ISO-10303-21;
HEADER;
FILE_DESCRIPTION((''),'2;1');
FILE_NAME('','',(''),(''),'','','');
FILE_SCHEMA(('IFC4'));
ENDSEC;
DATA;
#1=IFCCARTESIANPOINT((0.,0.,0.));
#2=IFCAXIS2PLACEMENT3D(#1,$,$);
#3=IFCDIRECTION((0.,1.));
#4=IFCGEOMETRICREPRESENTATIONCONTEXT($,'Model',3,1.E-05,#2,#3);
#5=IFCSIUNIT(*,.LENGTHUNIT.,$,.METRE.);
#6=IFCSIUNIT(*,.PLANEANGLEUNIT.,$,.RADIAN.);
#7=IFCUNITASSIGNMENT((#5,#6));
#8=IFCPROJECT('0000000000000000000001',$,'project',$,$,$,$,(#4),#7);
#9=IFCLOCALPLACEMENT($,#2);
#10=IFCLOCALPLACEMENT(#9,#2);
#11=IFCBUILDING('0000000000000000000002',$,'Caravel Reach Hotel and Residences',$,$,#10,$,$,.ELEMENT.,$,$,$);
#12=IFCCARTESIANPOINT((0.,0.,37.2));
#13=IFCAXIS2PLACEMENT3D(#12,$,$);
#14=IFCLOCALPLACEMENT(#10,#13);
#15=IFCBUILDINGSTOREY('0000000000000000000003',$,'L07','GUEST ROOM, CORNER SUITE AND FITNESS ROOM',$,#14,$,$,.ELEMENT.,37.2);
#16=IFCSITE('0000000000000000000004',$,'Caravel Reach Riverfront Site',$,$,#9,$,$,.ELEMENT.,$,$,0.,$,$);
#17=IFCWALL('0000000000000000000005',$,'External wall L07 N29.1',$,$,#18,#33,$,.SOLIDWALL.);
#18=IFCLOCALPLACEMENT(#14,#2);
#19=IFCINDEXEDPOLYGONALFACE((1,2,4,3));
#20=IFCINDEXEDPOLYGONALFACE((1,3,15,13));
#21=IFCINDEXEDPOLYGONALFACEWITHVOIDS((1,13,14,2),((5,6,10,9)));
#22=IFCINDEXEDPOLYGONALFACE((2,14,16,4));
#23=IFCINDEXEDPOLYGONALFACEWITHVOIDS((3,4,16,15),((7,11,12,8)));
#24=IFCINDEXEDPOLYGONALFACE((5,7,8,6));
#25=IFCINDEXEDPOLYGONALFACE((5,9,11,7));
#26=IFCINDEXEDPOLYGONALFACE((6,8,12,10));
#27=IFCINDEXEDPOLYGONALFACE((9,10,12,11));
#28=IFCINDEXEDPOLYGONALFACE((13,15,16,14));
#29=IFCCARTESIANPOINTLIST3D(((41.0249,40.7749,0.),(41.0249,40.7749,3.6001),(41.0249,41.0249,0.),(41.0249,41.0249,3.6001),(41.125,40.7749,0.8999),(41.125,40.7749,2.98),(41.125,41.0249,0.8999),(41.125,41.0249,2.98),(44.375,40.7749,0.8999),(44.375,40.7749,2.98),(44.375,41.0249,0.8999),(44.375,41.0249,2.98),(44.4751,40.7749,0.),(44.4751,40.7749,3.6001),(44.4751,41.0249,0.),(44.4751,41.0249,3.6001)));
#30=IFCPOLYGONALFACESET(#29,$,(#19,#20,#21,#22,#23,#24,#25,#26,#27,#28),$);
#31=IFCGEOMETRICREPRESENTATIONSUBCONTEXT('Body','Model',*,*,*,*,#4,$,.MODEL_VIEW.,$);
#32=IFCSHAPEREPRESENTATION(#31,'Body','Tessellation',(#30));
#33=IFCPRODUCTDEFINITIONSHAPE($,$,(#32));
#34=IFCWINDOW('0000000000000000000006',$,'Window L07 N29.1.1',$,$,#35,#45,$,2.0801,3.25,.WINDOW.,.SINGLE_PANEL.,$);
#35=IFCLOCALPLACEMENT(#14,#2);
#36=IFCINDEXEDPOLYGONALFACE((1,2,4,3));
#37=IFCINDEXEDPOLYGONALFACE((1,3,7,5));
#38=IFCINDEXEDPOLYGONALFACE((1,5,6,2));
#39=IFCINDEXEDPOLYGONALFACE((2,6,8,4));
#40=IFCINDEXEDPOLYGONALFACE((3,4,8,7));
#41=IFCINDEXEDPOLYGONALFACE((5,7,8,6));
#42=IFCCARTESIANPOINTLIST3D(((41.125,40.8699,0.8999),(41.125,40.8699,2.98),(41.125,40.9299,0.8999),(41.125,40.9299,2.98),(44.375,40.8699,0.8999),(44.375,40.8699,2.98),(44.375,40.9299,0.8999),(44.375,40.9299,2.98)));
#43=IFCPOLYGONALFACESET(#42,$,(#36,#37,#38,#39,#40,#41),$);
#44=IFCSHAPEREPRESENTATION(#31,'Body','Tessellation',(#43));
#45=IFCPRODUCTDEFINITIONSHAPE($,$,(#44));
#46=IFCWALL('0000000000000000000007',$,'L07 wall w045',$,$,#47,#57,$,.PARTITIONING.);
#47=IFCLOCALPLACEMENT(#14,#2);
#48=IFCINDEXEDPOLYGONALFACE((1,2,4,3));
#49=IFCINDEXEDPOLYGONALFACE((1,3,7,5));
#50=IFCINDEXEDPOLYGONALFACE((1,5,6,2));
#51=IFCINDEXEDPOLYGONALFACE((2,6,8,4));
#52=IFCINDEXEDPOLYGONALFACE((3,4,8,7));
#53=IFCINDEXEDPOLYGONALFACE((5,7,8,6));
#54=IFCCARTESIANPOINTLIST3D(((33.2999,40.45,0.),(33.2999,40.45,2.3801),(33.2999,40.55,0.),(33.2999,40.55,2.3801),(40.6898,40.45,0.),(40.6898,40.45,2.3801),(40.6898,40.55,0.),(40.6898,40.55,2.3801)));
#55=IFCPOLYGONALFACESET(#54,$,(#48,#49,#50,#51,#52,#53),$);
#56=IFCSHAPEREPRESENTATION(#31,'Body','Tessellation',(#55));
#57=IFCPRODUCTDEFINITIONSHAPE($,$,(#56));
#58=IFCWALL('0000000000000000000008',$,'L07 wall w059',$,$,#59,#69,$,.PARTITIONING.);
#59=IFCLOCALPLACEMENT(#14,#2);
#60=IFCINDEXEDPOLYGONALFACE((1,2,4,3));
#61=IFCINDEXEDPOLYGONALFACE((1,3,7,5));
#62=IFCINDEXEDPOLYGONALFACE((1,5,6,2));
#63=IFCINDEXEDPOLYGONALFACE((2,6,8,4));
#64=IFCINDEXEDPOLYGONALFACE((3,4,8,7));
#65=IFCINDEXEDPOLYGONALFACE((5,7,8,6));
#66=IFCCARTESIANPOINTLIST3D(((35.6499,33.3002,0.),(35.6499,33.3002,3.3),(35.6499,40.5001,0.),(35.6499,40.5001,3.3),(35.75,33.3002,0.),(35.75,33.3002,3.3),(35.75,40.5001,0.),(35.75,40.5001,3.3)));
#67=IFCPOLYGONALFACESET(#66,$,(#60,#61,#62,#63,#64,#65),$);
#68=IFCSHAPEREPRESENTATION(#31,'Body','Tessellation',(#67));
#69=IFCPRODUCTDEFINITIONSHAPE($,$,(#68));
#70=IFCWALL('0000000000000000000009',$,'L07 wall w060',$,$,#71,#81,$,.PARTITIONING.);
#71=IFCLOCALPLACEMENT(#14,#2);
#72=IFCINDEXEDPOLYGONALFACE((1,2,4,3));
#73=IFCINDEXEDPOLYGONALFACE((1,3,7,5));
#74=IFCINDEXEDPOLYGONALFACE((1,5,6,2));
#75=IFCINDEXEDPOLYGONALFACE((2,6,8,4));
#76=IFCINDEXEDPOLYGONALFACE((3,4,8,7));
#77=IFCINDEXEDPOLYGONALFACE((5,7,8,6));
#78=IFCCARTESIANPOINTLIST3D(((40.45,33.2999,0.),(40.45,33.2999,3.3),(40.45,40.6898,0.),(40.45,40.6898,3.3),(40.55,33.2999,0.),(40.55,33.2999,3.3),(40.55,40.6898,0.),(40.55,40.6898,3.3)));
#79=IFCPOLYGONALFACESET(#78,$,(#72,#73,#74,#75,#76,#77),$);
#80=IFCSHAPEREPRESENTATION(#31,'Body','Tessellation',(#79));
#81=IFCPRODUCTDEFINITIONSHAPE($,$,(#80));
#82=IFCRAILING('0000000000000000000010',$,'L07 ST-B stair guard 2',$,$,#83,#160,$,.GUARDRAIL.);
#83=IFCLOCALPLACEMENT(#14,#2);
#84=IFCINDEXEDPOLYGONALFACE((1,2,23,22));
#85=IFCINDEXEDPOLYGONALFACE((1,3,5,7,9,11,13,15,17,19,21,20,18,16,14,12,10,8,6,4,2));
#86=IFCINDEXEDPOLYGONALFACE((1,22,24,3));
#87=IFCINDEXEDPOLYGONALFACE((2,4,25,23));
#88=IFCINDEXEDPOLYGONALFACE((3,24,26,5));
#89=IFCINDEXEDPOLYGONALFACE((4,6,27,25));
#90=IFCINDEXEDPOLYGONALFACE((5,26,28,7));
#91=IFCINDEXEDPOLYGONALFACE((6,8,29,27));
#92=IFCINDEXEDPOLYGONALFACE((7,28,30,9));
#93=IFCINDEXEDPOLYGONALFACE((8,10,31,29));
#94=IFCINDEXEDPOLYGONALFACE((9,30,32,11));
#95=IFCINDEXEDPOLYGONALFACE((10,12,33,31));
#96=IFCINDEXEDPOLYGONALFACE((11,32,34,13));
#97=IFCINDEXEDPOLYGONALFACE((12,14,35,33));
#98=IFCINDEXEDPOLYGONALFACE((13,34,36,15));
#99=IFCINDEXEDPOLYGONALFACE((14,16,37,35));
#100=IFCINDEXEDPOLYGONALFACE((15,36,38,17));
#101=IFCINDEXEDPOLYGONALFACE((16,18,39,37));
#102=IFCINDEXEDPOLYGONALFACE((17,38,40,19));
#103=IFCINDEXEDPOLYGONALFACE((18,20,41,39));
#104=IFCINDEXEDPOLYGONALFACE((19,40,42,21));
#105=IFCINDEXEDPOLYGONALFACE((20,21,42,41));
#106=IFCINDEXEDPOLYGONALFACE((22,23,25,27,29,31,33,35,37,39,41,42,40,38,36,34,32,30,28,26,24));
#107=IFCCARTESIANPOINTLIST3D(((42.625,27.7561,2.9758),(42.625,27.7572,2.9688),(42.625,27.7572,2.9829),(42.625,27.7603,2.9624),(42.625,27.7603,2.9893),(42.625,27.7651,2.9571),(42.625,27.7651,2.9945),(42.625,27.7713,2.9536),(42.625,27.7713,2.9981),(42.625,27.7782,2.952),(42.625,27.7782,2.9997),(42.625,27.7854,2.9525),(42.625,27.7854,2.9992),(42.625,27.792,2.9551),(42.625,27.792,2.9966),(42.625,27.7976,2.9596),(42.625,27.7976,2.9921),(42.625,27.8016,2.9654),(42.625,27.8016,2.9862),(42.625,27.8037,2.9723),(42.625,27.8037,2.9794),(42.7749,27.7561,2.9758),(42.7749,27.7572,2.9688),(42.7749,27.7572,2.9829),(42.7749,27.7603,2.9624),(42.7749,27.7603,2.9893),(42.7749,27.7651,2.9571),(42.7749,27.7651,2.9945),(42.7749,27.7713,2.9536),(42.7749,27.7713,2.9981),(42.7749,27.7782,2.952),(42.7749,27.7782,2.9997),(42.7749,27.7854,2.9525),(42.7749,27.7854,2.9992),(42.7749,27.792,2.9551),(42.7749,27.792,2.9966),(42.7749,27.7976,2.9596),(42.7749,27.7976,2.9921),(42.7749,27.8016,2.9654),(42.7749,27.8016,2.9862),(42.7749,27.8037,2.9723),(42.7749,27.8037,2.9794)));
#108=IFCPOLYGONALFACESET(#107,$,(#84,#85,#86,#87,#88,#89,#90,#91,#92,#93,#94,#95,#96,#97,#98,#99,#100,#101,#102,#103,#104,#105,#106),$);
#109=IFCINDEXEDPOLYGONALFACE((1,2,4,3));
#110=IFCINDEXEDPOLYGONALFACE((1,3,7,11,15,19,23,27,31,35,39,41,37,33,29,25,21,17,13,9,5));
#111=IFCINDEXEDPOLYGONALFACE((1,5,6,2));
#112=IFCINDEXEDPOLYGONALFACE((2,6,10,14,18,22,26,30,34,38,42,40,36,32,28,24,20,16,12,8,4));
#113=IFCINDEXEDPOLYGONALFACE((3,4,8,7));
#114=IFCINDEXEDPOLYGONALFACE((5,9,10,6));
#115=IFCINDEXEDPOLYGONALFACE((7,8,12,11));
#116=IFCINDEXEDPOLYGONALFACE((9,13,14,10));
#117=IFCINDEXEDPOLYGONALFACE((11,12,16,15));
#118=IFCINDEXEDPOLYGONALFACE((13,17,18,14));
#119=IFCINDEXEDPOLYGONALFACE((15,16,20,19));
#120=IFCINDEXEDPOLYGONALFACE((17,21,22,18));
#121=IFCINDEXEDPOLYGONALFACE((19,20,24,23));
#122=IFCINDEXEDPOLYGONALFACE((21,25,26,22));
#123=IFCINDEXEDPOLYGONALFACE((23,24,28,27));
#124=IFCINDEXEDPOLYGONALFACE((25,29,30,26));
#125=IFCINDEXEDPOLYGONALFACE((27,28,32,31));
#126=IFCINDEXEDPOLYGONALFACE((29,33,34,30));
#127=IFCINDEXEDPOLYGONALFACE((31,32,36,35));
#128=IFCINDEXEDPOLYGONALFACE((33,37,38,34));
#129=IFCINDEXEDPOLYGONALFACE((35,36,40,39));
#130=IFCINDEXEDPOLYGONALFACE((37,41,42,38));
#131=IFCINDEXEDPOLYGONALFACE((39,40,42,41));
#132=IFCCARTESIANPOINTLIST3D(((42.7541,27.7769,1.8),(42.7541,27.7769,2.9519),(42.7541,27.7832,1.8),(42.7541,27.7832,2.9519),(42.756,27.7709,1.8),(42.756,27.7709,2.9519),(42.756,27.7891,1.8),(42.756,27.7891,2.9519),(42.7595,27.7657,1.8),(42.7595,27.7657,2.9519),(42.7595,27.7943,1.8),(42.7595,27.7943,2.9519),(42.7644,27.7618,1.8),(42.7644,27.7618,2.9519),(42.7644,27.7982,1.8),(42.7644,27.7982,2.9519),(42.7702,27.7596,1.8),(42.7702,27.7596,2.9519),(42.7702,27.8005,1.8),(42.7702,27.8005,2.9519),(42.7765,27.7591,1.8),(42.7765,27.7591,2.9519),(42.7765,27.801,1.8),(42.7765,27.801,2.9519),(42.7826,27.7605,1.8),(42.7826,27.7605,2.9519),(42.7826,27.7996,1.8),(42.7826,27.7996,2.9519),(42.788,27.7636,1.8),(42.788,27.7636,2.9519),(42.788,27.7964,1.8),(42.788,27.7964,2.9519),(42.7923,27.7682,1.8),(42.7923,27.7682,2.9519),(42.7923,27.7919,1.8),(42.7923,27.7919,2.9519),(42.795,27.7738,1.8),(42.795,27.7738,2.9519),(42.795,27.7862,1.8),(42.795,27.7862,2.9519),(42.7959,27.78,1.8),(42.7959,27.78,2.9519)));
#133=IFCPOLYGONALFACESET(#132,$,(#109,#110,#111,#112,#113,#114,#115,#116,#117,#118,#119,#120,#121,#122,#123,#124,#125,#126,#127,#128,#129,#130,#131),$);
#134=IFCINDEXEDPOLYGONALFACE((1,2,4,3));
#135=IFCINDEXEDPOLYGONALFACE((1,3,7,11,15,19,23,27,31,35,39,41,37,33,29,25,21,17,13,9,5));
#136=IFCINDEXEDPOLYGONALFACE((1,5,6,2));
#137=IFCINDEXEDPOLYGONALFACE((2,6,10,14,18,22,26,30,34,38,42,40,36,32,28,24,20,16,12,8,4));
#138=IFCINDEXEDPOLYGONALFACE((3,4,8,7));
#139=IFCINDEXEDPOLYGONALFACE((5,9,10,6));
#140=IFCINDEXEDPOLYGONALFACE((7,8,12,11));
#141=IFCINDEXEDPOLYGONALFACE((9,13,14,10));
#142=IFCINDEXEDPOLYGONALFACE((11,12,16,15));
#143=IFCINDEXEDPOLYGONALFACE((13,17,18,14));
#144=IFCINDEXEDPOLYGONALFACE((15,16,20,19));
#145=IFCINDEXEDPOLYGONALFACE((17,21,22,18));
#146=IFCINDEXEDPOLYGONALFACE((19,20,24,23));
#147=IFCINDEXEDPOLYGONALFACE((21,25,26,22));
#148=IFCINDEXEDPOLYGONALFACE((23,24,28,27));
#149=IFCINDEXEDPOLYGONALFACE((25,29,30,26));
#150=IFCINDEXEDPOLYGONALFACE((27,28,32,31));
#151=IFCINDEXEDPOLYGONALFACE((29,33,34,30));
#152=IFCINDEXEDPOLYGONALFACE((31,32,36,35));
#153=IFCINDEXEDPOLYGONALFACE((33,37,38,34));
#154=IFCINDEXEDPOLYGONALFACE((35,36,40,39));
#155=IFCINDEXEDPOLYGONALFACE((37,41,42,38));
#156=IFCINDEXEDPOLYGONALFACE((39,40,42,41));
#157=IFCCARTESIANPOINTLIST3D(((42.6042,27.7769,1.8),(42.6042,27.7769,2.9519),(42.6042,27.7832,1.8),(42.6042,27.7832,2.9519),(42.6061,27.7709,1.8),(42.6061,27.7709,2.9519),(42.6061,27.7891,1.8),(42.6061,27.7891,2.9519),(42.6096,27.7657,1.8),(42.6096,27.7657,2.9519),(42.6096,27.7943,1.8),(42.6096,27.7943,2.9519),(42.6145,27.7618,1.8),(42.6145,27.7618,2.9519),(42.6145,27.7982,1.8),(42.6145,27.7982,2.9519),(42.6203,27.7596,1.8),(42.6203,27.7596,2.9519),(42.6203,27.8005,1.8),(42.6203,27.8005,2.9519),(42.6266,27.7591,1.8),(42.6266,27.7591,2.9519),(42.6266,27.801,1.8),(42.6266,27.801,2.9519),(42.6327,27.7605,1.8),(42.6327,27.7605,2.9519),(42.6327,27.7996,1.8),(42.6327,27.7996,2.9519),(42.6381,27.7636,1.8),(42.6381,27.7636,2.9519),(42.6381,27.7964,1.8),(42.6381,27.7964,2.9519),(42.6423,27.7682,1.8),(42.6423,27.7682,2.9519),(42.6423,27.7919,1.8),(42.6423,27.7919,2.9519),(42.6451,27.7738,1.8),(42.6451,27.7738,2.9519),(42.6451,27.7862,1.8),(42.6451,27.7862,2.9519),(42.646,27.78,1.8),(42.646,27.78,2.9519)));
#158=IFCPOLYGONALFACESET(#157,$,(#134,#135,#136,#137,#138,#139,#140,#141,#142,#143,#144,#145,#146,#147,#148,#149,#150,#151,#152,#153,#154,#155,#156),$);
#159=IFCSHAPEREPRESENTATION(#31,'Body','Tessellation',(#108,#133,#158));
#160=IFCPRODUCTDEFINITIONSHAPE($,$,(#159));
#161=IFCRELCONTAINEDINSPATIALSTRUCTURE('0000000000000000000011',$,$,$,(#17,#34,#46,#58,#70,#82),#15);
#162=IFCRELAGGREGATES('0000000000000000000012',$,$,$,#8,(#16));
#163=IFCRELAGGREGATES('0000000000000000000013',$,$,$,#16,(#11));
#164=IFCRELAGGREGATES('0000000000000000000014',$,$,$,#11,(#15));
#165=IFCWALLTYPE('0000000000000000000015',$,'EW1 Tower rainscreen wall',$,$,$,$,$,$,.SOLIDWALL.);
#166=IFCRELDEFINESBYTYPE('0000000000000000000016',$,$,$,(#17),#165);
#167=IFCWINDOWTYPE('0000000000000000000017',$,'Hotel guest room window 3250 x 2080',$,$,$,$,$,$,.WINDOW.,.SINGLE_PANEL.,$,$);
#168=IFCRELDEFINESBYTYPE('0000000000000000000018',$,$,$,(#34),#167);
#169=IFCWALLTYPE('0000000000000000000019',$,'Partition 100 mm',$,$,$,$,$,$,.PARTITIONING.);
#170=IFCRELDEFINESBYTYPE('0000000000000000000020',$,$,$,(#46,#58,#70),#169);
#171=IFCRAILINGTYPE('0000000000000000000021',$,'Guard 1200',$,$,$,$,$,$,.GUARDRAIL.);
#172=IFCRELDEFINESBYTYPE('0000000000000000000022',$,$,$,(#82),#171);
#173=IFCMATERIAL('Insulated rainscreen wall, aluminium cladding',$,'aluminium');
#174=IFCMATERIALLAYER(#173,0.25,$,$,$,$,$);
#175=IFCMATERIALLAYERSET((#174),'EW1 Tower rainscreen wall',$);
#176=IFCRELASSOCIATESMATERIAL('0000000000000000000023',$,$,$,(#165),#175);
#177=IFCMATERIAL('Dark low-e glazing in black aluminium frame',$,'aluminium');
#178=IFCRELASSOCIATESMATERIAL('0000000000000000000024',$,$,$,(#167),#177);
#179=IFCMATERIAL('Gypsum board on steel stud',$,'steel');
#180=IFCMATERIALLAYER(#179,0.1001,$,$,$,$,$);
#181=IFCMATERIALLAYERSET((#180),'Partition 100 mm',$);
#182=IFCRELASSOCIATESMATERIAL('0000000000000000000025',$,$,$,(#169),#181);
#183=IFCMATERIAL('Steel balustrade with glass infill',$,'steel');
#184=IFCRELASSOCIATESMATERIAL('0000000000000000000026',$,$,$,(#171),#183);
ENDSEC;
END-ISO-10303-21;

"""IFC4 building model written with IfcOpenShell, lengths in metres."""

from ifc_helpers import new_model, si_unit, direction, frame, frame_2d, origin, origin_2d, place, context, subcontext, project, spatial, rectangle, circle, extrude, material, layer, layer_set, type_object, element, fill, save


model = new_model("IFC4")

# Units and contexts
model_context = context("Model", 3, precision=1e-05, world=origin(), true_north=direction((0.0, 1.0)))
body_context = subcontext(model_context, "Body", "Model", "MODEL_VIEW")
ifc_project = project(units=[si_unit("LENGTHUNIT", "METRE"), si_unit("PLANEANGLEUNIT", "RADIAN")], contexts=[model_context])

# Site, building, storey
site_placement = place(None, origin())
site = spatial("IfcSite", under=ifc_project, at=site_placement, Name="Caravel Reach Riverfront Site", CompositionType="ELEMENT", RefElevation=0.0)
building_placement = place(site_placement, origin())
building = spatial("IfcBuilding", under=site, at=building_placement, Name="Caravel Reach Hotel and Residences", CompositionType="ELEMENT")
storey_placement = place(building_placement, frame((0.0, 0.0, 37.2)))
storey = spatial("IfcBuildingStorey", under=building, at=storey_placement, Name="L07", Description="GUEST ROOM, CORNER SUITE AND FITNESS ROOM", CompositionType="ELEMENT", Elevation=37.2)

# Wall, opening, window
ifc_material_1 = material(Name="Insulated rainscreen wall, aluminium cladding", Category="aluminium")
ifc_layer_1 = layer(ifc_material_1, 0.25)
ifc_layer_set_1 = layer_set([ifc_layer_1], Name="EW1 Tower rainscreen wall")
wall_type_1 = type_object("IfcWallType", Name="EW1 Tower rainscreen wall", PredefinedType="SOLIDWALL", material=ifc_layer_set_1)
wall_1_placement = place(storey_placement, frame((44.4751, 40.8999, 0.0), z_axis=(0.0, 0.0, 1.0), x_axis=(-1.0, 0.0, 0.0)))
wall_1 = element("IfcWall", 1, at=wall_1_placement, inside=storey, type_object=wall_type_1, Name="External wall L07 N29.1", PredefinedType="SOLIDWALL", context=body_context, shape_type="SweptSolid", body=[
    extrude(rectangle(XDim=3.4502, YDim=0.25, at=frame_2d((1.7251, 0.0))), origin(), (0.0, 0.0, 1.0), 3.6001),
])
opening_1_placement = place(wall_1_placement, frame((0.1001, 0.0, 0.8999)))
opening_1 = element("IfcOpeningElement", 2, at=opening_1_placement, cuts=wall_1, PredefinedType="OPENING", context=body_context, shape_type="SweptSolid", body=[
    extrude(rectangle(XDim=3.25, YDim=2.0801, at=frame_2d((1.625, 1.04))), frame((0.0, 0.135, 0.0), z_axis=(0.0, -1.0, 0.0), x_axis=(1.0, 0.0, 0.0)), (0.0, 0.0, 1.0), 0.27),
])
ifc_material_2 = material(Name="Dark low-e glazing in black aluminium frame", Category="aluminium")
window_type = type_object("IfcWindowType", Name="Hotel guest room window 3250 x 2080", PartitioningType="SINGLE_PANEL", PredefinedType="WINDOW", material=ifc_material_2)
window_placement = place(opening_1_placement, origin())
window = element("IfcWindow", 3, at=window_placement, inside=storey, type_object=window_type, Name="Window L07 N29.1.1", OverallHeight=2.0801, OverallWidth=3.25, PartitioningType="SINGLE_PANEL", PredefinedType="WINDOW", context=body_context, shape_type="SweptSolid", body=[
    extrude(rectangle(XDim=3.25, YDim=2.0801, at=frame_2d((1.625, 1.04))), frame((0.0, 0.03, 0.0), z_axis=(0.0, -1.0, 0.0), x_axis=(1.0, 0.0, 0.0)), (0.0, 0.0, 1.0), 0.0601),
])
fill(opening_1, window)

# Walls
ifc_material_3 = material(Name="Gypsum board on steel stud", Category="steel")
ifc_layer_2 = layer(ifc_material_3, 0.1001)
ifc_layer_set_2 = layer_set([ifc_layer_2], Name="Partition 100 mm")
wall_type_2 = type_object("IfcWallType", Name="Partition 100 mm", PredefinedType="PARTITIONING", material=ifc_layer_set_2)
wall_2_placement = place(storey_placement, frame((33.3, 40.5, 0.0), z_axis=(0.0, 0.0, 1.0), x_axis=(1.0, 0.0, 0.0)))
element("IfcWall", 4, at=wall_2_placement, inside=storey, type_object=wall_type_2, Name="L07 wall w045", PredefinedType="PARTITIONING", context=body_context, shape_type="SweptSolid", body=[
    extrude(rectangle(XDim=7.3899, YDim=0.1001, at=frame_2d((3.6948, 0.0))), origin(), (0.0, 0.0, 1.0), 2.3801),
])
wall_3_placement = place(storey_placement, frame((35.7, 33.3, 0.0), z_axis=(0.0, 0.0, 1.0), x_axis=(0.0, 1.0, 0.0)))
element("IfcWall", 5, at=wall_3_placement, inside=storey, type_object=wall_type_2, Name="L07 wall w059", PredefinedType="PARTITIONING", context=body_context, shape_type="SweptSolid", body=[
    extrude(rectangle(XDim=7.2, YDim=0.1001, at=frame_2d((3.6001, 0.0))), origin(), (0.0, 0.0, 1.0), 3.3),
])
wall_4_placement = place(storey_placement, frame((40.5, 33.3, 0.0), z_axis=(0.0, 0.0, 1.0), x_axis=(0.0, 1.0, 0.0)))
element("IfcWall", 6, at=wall_4_placement, inside=storey, type_object=wall_type_2, Name="L07 wall w060", PredefinedType="PARTITIONING", context=body_context, shape_type="SweptSolid", body=[
    extrude(rectangle(XDim=7.3899, YDim=0.1001, at=frame_2d((3.6948, 0.0))), origin(), (0.0, 0.0, 1.0), 3.3),
])

# Railing
ifc_material_4 = material(Name="Steel balustrade with glass infill", Category="steel")
railing_type_1 = type_object("IfcRailingType", Name="Guard 1200", PredefinedType="GUARDRAIL", material=ifc_material_4)
railing_1_placement = place(storey_placement, frame((42.7749, 27.78, 1.8)))
element("IfcRailing", 7, at=railing_1_placement, inside=storey, type_object=railing_type_1, Name="L07 ST-B stair guard 2", PredefinedType="GUARDRAIL", context=body_context, shape_type="SweptSolid", body=[
    extrude(circle(Radius=0.0239, at=origin_2d()), frame((0.0, 0.0, 1.1758), z_axis=(-1.0, 0.0, 0.0), x_axis=(0.0, -1.0, 0.0)), (0.0, 0.0, 1.0), 0.1499),
    extrude(circle(Radius=0.021, at=origin_2d()), origin(), (0.0, 0.0, 1.0), 1.1519),
    extrude(circle(Radius=0.021, at=origin_2d()), frame((-0.1499, 0.0, 0.0)), (0.0, 0.0, 1.0), 1.1519),
])

save(model, "model.ifc")
